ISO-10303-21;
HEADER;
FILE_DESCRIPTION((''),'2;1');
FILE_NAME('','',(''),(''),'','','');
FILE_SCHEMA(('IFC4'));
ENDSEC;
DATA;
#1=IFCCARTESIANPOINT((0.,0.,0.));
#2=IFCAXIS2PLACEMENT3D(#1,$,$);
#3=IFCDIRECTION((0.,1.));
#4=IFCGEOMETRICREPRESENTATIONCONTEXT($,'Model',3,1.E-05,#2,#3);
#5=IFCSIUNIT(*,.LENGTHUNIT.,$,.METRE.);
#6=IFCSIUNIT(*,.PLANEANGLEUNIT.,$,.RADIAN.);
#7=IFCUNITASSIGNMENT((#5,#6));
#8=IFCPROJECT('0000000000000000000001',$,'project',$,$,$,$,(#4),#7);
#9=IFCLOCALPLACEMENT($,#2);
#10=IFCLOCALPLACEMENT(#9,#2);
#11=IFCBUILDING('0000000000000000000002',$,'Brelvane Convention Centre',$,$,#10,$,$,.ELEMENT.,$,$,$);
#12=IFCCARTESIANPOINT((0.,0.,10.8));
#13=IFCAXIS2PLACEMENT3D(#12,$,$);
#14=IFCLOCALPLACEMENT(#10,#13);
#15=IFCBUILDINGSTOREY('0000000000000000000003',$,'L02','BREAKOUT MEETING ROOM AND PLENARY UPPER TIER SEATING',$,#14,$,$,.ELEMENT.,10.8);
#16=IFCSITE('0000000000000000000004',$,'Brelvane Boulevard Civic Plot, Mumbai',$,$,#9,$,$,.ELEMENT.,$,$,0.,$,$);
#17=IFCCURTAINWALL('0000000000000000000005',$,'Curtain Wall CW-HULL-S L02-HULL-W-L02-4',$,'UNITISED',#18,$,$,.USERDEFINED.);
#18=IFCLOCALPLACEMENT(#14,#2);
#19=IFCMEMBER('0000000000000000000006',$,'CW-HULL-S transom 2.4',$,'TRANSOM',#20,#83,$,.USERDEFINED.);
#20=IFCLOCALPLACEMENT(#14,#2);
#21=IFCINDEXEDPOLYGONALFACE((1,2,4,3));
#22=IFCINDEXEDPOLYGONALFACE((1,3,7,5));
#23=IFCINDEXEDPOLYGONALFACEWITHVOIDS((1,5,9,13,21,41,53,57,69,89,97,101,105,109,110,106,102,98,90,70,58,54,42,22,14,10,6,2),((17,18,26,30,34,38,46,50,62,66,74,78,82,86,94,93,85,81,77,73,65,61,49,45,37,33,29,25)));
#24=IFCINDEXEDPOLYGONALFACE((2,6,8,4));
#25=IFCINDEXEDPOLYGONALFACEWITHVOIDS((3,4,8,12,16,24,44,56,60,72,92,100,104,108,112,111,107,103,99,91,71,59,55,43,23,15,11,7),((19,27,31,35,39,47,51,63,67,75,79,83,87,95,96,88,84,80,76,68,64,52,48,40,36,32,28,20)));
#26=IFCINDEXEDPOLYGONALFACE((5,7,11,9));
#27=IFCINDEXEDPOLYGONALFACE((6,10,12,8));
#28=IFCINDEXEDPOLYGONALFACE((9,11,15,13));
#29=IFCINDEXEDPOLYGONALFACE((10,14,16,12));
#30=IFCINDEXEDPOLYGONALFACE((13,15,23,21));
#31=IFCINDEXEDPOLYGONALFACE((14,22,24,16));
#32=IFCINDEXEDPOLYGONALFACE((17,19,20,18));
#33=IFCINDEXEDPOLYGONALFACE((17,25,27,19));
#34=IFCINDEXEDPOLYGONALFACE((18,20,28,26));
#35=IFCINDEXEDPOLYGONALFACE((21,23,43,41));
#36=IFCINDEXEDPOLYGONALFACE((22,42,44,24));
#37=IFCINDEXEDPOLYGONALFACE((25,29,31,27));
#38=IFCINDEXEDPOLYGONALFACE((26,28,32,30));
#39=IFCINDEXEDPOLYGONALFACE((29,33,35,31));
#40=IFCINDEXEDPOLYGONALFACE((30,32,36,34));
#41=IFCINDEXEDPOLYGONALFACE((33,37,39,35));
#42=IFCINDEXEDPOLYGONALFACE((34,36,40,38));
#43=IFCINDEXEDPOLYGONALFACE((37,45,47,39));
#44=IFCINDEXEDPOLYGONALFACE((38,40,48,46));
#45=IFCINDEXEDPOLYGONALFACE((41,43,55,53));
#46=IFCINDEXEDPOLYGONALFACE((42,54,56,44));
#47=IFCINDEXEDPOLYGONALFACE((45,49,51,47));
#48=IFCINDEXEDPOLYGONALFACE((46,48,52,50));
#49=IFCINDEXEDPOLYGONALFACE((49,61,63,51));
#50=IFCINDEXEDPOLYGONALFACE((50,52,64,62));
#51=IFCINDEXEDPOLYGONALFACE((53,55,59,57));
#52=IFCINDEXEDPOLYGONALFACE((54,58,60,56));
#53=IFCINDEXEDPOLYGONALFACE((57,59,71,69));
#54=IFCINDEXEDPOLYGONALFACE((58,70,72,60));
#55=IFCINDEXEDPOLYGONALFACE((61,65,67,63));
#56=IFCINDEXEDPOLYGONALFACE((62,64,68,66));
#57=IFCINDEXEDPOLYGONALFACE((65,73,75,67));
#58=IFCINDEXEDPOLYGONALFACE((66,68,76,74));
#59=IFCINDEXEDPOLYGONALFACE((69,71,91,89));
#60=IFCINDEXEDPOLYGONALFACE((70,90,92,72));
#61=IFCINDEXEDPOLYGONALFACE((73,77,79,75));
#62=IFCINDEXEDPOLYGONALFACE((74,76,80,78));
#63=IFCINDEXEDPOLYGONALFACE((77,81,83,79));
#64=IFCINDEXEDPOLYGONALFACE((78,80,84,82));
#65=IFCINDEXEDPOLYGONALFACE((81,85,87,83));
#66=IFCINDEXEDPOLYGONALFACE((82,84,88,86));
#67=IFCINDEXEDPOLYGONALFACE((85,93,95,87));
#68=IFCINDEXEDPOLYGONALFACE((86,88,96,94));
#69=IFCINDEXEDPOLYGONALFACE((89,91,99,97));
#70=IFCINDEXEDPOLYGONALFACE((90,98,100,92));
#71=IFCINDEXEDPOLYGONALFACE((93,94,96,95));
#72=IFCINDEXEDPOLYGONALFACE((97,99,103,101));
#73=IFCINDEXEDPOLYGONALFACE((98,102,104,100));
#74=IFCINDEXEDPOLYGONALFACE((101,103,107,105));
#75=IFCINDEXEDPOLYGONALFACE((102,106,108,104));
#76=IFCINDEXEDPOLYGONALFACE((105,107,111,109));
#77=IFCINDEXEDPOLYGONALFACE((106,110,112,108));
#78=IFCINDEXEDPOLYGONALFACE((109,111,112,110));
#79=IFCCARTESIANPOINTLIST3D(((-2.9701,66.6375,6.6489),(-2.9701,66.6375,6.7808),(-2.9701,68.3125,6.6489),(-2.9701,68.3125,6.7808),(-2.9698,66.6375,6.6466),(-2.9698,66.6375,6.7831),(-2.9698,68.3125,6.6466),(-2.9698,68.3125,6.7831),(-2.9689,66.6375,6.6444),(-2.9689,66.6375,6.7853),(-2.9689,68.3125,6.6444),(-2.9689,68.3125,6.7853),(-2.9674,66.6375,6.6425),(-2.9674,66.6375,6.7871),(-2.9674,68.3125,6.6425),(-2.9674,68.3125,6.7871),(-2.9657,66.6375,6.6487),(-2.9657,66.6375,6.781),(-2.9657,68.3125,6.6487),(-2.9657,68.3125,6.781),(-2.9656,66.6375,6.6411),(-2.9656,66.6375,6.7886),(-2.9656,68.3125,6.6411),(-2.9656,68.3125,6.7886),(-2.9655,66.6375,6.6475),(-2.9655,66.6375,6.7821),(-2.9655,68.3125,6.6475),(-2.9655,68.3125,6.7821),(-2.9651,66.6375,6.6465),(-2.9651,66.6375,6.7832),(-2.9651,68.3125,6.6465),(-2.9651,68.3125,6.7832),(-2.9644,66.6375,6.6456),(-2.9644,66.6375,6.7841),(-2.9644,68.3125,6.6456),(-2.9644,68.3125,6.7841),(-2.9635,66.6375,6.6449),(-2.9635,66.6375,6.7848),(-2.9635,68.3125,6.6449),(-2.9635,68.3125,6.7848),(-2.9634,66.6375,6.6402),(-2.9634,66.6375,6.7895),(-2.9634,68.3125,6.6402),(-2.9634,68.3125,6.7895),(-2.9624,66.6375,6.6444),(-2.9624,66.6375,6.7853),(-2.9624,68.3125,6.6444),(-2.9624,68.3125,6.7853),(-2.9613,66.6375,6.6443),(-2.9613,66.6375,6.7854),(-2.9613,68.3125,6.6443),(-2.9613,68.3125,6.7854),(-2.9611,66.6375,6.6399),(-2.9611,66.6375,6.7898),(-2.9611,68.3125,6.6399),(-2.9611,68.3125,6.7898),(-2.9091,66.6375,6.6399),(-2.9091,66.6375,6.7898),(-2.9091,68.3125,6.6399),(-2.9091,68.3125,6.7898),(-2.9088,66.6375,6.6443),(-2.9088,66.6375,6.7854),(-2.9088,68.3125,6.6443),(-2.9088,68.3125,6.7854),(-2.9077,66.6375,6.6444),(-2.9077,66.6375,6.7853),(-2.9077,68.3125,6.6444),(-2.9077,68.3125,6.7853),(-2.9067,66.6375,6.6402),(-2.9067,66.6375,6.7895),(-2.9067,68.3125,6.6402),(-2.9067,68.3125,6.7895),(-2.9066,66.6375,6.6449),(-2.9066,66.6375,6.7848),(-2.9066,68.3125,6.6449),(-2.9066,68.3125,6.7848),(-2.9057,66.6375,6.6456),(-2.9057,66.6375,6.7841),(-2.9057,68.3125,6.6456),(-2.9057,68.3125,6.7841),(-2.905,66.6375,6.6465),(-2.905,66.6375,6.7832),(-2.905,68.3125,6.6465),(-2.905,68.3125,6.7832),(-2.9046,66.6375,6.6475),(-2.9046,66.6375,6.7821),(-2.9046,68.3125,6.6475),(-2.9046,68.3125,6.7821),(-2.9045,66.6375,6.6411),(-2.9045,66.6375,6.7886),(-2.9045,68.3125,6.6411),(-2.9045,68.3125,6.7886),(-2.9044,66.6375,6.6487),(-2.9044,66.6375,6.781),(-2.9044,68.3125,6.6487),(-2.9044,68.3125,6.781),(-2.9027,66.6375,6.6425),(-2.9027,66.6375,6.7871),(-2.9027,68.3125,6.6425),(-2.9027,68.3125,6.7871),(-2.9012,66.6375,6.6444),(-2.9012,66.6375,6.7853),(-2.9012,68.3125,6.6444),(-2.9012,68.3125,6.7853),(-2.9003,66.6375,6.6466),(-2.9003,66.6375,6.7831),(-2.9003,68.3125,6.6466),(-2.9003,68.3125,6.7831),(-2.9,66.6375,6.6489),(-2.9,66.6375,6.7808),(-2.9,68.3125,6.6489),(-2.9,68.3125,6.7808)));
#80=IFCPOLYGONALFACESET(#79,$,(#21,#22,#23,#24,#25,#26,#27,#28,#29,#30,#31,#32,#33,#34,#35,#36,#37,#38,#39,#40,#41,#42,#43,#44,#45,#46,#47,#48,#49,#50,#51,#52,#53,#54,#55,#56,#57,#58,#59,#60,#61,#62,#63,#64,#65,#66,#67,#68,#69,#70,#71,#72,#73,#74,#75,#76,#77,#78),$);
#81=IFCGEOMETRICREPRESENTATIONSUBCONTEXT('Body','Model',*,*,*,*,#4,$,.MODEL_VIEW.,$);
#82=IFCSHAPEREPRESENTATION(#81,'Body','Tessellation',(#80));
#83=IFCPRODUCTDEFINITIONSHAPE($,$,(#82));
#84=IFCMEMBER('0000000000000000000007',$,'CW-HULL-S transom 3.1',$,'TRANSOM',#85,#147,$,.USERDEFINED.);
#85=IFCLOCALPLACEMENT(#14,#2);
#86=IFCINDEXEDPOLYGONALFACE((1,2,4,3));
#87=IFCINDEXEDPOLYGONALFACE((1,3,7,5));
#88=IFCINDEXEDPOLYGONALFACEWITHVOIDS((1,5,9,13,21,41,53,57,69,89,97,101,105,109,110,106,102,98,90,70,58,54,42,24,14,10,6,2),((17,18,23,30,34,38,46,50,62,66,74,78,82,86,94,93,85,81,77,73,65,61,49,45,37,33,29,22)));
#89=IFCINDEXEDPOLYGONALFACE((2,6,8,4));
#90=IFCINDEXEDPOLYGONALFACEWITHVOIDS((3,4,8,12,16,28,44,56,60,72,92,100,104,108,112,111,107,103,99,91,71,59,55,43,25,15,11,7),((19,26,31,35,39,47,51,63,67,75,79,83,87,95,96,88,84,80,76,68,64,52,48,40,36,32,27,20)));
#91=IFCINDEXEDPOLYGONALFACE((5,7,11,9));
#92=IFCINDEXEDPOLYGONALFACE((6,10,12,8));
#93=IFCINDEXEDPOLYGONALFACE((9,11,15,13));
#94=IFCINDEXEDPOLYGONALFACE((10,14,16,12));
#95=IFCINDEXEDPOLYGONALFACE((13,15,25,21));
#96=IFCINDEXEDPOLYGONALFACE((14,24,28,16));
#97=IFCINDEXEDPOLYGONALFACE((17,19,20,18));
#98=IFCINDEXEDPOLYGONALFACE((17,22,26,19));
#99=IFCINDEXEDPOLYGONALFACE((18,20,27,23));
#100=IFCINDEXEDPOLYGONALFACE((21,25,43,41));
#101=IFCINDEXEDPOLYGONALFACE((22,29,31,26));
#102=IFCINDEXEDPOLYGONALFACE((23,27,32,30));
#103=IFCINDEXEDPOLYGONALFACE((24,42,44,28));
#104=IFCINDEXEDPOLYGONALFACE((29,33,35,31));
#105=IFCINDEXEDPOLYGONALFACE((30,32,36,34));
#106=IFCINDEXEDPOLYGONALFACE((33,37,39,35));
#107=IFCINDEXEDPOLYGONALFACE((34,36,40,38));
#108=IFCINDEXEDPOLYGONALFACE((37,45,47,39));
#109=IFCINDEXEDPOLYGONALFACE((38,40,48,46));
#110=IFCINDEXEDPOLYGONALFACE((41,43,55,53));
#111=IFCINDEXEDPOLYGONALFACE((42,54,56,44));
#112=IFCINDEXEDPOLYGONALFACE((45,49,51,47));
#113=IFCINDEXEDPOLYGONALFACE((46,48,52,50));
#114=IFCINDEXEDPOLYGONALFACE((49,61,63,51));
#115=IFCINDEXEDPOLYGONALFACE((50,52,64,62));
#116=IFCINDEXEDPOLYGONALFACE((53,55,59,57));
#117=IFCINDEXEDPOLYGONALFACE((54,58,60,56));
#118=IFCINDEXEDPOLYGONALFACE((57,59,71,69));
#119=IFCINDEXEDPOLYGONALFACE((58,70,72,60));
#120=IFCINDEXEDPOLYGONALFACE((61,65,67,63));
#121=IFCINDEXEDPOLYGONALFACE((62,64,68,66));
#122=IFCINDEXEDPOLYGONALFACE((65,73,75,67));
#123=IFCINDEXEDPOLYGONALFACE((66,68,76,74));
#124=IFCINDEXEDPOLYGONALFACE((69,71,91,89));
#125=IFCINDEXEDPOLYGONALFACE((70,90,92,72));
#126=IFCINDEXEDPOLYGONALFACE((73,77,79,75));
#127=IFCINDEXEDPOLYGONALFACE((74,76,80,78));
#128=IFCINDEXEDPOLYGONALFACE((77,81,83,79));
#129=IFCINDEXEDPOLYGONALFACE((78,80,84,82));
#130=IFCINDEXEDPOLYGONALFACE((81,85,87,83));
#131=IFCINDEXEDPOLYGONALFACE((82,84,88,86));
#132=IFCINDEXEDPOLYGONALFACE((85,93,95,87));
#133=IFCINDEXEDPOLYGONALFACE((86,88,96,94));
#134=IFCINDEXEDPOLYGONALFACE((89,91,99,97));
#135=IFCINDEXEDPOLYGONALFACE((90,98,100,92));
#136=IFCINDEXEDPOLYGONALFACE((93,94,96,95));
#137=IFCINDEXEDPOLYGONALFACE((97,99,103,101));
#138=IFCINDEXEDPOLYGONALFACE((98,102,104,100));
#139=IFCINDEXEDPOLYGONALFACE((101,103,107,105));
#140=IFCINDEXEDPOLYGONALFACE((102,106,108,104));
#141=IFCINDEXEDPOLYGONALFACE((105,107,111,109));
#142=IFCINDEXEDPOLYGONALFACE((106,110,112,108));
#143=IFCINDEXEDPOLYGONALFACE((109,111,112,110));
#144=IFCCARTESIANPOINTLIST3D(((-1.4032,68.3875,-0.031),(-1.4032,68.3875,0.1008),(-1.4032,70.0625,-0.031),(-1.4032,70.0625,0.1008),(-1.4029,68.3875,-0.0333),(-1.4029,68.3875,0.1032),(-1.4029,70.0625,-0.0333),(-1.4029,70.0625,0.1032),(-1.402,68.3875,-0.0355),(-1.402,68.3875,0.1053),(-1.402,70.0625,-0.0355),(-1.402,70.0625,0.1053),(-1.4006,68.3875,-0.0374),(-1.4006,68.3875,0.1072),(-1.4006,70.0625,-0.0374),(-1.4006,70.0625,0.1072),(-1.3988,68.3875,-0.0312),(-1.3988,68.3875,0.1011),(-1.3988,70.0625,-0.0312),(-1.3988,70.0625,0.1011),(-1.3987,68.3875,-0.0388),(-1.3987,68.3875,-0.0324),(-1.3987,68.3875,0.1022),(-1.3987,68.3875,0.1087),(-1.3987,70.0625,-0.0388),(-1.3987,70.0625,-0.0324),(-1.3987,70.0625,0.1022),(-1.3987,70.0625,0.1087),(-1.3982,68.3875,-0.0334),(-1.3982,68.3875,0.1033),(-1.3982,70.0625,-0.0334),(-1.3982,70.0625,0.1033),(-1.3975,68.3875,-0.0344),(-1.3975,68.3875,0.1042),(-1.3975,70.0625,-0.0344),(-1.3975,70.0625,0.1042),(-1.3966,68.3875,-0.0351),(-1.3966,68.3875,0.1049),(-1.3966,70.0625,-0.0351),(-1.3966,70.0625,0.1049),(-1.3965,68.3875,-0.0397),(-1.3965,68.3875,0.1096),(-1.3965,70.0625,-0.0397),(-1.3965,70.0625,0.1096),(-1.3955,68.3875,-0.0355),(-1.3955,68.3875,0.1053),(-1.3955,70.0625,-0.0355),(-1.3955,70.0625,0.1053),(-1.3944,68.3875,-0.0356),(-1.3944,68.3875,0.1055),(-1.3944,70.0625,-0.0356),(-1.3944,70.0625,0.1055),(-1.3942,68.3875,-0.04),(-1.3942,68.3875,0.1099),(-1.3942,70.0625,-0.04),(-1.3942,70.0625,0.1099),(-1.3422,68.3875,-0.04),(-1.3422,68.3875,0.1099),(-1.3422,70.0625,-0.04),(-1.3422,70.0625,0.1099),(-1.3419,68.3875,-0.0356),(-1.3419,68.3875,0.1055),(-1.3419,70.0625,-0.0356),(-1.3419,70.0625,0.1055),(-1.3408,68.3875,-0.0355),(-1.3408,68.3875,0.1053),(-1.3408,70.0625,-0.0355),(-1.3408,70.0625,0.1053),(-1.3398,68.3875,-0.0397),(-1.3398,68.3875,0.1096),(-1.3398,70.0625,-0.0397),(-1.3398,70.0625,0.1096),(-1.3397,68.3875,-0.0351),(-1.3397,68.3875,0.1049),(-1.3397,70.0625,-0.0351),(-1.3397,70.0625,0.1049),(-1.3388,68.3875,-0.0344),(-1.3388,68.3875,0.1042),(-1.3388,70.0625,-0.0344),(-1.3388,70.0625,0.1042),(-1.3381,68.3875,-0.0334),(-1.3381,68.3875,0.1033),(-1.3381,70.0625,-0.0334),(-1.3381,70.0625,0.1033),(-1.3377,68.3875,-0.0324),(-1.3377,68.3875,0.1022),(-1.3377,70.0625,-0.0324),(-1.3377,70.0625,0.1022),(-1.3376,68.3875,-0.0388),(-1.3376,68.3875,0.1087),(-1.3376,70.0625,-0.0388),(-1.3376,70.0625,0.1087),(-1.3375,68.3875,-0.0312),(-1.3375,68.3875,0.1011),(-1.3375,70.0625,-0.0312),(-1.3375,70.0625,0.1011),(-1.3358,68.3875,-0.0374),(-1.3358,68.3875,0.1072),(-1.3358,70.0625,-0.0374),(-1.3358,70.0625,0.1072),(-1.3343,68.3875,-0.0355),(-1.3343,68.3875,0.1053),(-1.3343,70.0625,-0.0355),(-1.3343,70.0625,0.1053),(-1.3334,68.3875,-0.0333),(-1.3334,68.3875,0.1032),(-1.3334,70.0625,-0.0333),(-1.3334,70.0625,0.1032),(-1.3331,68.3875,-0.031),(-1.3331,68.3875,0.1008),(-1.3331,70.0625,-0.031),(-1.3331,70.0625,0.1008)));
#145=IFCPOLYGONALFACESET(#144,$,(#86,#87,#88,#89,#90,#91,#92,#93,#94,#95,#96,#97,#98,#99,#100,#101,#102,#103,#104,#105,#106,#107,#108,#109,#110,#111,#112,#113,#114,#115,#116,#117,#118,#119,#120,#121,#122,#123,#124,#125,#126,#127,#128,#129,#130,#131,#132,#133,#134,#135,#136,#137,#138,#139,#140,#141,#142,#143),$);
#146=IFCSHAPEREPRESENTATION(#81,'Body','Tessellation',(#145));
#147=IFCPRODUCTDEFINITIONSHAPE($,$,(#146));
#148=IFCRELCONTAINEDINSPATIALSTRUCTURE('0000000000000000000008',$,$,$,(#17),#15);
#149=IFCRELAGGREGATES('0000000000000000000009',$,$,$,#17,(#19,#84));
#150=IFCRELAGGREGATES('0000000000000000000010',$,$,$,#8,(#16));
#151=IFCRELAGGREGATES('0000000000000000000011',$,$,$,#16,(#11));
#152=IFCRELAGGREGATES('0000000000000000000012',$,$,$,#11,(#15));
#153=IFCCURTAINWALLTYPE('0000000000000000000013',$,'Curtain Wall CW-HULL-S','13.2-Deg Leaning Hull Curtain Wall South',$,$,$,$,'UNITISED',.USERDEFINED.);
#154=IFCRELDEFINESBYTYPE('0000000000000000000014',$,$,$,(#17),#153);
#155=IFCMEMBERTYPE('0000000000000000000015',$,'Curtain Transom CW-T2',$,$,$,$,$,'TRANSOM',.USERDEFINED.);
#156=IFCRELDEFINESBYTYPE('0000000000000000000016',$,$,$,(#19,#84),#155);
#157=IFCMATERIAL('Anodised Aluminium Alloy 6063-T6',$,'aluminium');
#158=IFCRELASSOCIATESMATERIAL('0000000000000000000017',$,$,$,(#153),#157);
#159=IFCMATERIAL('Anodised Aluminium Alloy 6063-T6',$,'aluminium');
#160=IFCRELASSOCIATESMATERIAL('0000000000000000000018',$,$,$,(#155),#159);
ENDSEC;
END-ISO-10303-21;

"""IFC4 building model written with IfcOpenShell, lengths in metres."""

from ifc_helpers import new_model, si_unit, direction, frame, origin, origin_2d, place, context, subcontext, project, spatial, hollow_rectangle, extrude, material, material_profile, profile_set, type_object, element, aggregate, save


model = new_model("IFC4")

# Units and contexts
model_context = context("Model", 3, precision=1e-05, world=origin(), true_north=direction((0.0, 1.0)))
body_context = subcontext(model_context, "Body", "Model", "MODEL_VIEW")
ifc_project = project(units=[si_unit("LENGTHUNIT", "METRE"), si_unit("PLANEANGLEUNIT", "RADIAN")], contexts=[model_context])

# Site, building, storey
site_placement = place(None, origin())
site = spatial("IfcSite", under=ifc_project, at=site_placement, Name="Brelvane Boulevard Civic Plot, Mumbai", CompositionType="ELEMENT", RefElevation=0.0)
building_placement = place(site_placement, origin())
building = spatial("IfcBuilding", under=site, at=building_placement, Name="Brelvane Convention Centre", CompositionType="ELEMENT")
storey_placement = place(building_placement, frame((0.0, 0.0, 10.8)))
storey = spatial("IfcBuildingStorey", under=building, at=storey_placement, Name="L02", Description="BREAKOUT MEETING ROOM AND PLENARY UPPER TIER SEATING", CompositionType="ELEMENT", Elevation=10.8)

# Shared definitions
ifc_material_1 = material(Name="Anodised Aluminium Alloy 6063-T6", Category="aluminium")
curtain_wall_type = type_object("IfcCurtainWallType", Name="Curtain Wall CW-HULL-S", Description="13.2-Deg Leaning Hull Curtain Wall South", ElementType="UNITISED", PredefinedType="USERDEFINED", material=ifc_material_1)

# Curtain wall
curtain_wall_1_placement = place(storey_placement, origin())
curtain_wall_1 = element("IfcCurtainWall", 1, at=curtain_wall_1_placement, inside=storey, type_object=curtain_wall_type, Name="Curtain Wall CW-HULL-S L02-HULL-W-L02-4", ObjectType="UNITISED", PredefinedType="USERDEFINED")

# Members
ifc_material_2 = material(Name="Anodised Aluminium Alloy 6063-T6", Category="aluminium")
ifc_material_profile_1 = material_profile(ifc_material_2, hollow_rectangle(XDim=0.0701, YDim=0.1499, WallThickness=0.0044, InnerFilletRadius=0.0044, OuterFilletRadius=0.009, at=origin_2d()), Name="ALU-T 150x70x4.5")
ifc_profile_set_1 = profile_set([ifc_material_profile_1], Name="Anodised Aluminium Alloy 6063-T6")
member_type_1 = type_object("IfcMemberType", Name="Curtain Transom CW-T2", ElementType="TRANSOM", PredefinedType="USERDEFINED", material=ifc_profile_set_1)
member_1_placement = place(storey_placement, frame((-2.9351, 66.6375, 6.7148), z_axis=(0.0, 1.0, 0.0), x_axis=(-1.0, 0.0, 0.0)))
member_1 = element("IfcMember", 2, at=member_1_placement, type_object=member_type_1, Name="CW-HULL-S transom 2.4", ObjectType="TRANSOM", PredefinedType="USERDEFINED", context=body_context, shape_type="SweptSolid", body=[
    extrude(hollow_rectangle(XDim=0.0701, YDim=0.1499, WallThickness=0.0044, InnerFilletRadius=0.0044, OuterFilletRadius=0.009, at=origin_2d()), origin(), (0.0, 0.0, 1.0), 1.675),
])
member_2_placement = place(storey_placement, frame((-1.3682, 68.3875, 0.0349), z_axis=(0.0, 1.0, 0.0), x_axis=(-1.0, 0.0, 0.0)))
member_2 = element("IfcMember", 3, at=member_2_placement, type_object=member_type_1, Name="CW-HULL-S transom 3.1", ObjectType="TRANSOM", PredefinedType="USERDEFINED", context=body_context, shape_type="SweptSolid", body=[
    extrude(hollow_rectangle(XDim=0.0701, YDim=0.1499, WallThickness=0.0044, InnerFilletRadius=0.0044, OuterFilletRadius=0.009, at=origin_2d()), origin(), (0.0, 0.0, 1.0), 1.675),
])

aggregate(curtain_wall_1, [member_1, member_2])

save(model, "model.ifc")
